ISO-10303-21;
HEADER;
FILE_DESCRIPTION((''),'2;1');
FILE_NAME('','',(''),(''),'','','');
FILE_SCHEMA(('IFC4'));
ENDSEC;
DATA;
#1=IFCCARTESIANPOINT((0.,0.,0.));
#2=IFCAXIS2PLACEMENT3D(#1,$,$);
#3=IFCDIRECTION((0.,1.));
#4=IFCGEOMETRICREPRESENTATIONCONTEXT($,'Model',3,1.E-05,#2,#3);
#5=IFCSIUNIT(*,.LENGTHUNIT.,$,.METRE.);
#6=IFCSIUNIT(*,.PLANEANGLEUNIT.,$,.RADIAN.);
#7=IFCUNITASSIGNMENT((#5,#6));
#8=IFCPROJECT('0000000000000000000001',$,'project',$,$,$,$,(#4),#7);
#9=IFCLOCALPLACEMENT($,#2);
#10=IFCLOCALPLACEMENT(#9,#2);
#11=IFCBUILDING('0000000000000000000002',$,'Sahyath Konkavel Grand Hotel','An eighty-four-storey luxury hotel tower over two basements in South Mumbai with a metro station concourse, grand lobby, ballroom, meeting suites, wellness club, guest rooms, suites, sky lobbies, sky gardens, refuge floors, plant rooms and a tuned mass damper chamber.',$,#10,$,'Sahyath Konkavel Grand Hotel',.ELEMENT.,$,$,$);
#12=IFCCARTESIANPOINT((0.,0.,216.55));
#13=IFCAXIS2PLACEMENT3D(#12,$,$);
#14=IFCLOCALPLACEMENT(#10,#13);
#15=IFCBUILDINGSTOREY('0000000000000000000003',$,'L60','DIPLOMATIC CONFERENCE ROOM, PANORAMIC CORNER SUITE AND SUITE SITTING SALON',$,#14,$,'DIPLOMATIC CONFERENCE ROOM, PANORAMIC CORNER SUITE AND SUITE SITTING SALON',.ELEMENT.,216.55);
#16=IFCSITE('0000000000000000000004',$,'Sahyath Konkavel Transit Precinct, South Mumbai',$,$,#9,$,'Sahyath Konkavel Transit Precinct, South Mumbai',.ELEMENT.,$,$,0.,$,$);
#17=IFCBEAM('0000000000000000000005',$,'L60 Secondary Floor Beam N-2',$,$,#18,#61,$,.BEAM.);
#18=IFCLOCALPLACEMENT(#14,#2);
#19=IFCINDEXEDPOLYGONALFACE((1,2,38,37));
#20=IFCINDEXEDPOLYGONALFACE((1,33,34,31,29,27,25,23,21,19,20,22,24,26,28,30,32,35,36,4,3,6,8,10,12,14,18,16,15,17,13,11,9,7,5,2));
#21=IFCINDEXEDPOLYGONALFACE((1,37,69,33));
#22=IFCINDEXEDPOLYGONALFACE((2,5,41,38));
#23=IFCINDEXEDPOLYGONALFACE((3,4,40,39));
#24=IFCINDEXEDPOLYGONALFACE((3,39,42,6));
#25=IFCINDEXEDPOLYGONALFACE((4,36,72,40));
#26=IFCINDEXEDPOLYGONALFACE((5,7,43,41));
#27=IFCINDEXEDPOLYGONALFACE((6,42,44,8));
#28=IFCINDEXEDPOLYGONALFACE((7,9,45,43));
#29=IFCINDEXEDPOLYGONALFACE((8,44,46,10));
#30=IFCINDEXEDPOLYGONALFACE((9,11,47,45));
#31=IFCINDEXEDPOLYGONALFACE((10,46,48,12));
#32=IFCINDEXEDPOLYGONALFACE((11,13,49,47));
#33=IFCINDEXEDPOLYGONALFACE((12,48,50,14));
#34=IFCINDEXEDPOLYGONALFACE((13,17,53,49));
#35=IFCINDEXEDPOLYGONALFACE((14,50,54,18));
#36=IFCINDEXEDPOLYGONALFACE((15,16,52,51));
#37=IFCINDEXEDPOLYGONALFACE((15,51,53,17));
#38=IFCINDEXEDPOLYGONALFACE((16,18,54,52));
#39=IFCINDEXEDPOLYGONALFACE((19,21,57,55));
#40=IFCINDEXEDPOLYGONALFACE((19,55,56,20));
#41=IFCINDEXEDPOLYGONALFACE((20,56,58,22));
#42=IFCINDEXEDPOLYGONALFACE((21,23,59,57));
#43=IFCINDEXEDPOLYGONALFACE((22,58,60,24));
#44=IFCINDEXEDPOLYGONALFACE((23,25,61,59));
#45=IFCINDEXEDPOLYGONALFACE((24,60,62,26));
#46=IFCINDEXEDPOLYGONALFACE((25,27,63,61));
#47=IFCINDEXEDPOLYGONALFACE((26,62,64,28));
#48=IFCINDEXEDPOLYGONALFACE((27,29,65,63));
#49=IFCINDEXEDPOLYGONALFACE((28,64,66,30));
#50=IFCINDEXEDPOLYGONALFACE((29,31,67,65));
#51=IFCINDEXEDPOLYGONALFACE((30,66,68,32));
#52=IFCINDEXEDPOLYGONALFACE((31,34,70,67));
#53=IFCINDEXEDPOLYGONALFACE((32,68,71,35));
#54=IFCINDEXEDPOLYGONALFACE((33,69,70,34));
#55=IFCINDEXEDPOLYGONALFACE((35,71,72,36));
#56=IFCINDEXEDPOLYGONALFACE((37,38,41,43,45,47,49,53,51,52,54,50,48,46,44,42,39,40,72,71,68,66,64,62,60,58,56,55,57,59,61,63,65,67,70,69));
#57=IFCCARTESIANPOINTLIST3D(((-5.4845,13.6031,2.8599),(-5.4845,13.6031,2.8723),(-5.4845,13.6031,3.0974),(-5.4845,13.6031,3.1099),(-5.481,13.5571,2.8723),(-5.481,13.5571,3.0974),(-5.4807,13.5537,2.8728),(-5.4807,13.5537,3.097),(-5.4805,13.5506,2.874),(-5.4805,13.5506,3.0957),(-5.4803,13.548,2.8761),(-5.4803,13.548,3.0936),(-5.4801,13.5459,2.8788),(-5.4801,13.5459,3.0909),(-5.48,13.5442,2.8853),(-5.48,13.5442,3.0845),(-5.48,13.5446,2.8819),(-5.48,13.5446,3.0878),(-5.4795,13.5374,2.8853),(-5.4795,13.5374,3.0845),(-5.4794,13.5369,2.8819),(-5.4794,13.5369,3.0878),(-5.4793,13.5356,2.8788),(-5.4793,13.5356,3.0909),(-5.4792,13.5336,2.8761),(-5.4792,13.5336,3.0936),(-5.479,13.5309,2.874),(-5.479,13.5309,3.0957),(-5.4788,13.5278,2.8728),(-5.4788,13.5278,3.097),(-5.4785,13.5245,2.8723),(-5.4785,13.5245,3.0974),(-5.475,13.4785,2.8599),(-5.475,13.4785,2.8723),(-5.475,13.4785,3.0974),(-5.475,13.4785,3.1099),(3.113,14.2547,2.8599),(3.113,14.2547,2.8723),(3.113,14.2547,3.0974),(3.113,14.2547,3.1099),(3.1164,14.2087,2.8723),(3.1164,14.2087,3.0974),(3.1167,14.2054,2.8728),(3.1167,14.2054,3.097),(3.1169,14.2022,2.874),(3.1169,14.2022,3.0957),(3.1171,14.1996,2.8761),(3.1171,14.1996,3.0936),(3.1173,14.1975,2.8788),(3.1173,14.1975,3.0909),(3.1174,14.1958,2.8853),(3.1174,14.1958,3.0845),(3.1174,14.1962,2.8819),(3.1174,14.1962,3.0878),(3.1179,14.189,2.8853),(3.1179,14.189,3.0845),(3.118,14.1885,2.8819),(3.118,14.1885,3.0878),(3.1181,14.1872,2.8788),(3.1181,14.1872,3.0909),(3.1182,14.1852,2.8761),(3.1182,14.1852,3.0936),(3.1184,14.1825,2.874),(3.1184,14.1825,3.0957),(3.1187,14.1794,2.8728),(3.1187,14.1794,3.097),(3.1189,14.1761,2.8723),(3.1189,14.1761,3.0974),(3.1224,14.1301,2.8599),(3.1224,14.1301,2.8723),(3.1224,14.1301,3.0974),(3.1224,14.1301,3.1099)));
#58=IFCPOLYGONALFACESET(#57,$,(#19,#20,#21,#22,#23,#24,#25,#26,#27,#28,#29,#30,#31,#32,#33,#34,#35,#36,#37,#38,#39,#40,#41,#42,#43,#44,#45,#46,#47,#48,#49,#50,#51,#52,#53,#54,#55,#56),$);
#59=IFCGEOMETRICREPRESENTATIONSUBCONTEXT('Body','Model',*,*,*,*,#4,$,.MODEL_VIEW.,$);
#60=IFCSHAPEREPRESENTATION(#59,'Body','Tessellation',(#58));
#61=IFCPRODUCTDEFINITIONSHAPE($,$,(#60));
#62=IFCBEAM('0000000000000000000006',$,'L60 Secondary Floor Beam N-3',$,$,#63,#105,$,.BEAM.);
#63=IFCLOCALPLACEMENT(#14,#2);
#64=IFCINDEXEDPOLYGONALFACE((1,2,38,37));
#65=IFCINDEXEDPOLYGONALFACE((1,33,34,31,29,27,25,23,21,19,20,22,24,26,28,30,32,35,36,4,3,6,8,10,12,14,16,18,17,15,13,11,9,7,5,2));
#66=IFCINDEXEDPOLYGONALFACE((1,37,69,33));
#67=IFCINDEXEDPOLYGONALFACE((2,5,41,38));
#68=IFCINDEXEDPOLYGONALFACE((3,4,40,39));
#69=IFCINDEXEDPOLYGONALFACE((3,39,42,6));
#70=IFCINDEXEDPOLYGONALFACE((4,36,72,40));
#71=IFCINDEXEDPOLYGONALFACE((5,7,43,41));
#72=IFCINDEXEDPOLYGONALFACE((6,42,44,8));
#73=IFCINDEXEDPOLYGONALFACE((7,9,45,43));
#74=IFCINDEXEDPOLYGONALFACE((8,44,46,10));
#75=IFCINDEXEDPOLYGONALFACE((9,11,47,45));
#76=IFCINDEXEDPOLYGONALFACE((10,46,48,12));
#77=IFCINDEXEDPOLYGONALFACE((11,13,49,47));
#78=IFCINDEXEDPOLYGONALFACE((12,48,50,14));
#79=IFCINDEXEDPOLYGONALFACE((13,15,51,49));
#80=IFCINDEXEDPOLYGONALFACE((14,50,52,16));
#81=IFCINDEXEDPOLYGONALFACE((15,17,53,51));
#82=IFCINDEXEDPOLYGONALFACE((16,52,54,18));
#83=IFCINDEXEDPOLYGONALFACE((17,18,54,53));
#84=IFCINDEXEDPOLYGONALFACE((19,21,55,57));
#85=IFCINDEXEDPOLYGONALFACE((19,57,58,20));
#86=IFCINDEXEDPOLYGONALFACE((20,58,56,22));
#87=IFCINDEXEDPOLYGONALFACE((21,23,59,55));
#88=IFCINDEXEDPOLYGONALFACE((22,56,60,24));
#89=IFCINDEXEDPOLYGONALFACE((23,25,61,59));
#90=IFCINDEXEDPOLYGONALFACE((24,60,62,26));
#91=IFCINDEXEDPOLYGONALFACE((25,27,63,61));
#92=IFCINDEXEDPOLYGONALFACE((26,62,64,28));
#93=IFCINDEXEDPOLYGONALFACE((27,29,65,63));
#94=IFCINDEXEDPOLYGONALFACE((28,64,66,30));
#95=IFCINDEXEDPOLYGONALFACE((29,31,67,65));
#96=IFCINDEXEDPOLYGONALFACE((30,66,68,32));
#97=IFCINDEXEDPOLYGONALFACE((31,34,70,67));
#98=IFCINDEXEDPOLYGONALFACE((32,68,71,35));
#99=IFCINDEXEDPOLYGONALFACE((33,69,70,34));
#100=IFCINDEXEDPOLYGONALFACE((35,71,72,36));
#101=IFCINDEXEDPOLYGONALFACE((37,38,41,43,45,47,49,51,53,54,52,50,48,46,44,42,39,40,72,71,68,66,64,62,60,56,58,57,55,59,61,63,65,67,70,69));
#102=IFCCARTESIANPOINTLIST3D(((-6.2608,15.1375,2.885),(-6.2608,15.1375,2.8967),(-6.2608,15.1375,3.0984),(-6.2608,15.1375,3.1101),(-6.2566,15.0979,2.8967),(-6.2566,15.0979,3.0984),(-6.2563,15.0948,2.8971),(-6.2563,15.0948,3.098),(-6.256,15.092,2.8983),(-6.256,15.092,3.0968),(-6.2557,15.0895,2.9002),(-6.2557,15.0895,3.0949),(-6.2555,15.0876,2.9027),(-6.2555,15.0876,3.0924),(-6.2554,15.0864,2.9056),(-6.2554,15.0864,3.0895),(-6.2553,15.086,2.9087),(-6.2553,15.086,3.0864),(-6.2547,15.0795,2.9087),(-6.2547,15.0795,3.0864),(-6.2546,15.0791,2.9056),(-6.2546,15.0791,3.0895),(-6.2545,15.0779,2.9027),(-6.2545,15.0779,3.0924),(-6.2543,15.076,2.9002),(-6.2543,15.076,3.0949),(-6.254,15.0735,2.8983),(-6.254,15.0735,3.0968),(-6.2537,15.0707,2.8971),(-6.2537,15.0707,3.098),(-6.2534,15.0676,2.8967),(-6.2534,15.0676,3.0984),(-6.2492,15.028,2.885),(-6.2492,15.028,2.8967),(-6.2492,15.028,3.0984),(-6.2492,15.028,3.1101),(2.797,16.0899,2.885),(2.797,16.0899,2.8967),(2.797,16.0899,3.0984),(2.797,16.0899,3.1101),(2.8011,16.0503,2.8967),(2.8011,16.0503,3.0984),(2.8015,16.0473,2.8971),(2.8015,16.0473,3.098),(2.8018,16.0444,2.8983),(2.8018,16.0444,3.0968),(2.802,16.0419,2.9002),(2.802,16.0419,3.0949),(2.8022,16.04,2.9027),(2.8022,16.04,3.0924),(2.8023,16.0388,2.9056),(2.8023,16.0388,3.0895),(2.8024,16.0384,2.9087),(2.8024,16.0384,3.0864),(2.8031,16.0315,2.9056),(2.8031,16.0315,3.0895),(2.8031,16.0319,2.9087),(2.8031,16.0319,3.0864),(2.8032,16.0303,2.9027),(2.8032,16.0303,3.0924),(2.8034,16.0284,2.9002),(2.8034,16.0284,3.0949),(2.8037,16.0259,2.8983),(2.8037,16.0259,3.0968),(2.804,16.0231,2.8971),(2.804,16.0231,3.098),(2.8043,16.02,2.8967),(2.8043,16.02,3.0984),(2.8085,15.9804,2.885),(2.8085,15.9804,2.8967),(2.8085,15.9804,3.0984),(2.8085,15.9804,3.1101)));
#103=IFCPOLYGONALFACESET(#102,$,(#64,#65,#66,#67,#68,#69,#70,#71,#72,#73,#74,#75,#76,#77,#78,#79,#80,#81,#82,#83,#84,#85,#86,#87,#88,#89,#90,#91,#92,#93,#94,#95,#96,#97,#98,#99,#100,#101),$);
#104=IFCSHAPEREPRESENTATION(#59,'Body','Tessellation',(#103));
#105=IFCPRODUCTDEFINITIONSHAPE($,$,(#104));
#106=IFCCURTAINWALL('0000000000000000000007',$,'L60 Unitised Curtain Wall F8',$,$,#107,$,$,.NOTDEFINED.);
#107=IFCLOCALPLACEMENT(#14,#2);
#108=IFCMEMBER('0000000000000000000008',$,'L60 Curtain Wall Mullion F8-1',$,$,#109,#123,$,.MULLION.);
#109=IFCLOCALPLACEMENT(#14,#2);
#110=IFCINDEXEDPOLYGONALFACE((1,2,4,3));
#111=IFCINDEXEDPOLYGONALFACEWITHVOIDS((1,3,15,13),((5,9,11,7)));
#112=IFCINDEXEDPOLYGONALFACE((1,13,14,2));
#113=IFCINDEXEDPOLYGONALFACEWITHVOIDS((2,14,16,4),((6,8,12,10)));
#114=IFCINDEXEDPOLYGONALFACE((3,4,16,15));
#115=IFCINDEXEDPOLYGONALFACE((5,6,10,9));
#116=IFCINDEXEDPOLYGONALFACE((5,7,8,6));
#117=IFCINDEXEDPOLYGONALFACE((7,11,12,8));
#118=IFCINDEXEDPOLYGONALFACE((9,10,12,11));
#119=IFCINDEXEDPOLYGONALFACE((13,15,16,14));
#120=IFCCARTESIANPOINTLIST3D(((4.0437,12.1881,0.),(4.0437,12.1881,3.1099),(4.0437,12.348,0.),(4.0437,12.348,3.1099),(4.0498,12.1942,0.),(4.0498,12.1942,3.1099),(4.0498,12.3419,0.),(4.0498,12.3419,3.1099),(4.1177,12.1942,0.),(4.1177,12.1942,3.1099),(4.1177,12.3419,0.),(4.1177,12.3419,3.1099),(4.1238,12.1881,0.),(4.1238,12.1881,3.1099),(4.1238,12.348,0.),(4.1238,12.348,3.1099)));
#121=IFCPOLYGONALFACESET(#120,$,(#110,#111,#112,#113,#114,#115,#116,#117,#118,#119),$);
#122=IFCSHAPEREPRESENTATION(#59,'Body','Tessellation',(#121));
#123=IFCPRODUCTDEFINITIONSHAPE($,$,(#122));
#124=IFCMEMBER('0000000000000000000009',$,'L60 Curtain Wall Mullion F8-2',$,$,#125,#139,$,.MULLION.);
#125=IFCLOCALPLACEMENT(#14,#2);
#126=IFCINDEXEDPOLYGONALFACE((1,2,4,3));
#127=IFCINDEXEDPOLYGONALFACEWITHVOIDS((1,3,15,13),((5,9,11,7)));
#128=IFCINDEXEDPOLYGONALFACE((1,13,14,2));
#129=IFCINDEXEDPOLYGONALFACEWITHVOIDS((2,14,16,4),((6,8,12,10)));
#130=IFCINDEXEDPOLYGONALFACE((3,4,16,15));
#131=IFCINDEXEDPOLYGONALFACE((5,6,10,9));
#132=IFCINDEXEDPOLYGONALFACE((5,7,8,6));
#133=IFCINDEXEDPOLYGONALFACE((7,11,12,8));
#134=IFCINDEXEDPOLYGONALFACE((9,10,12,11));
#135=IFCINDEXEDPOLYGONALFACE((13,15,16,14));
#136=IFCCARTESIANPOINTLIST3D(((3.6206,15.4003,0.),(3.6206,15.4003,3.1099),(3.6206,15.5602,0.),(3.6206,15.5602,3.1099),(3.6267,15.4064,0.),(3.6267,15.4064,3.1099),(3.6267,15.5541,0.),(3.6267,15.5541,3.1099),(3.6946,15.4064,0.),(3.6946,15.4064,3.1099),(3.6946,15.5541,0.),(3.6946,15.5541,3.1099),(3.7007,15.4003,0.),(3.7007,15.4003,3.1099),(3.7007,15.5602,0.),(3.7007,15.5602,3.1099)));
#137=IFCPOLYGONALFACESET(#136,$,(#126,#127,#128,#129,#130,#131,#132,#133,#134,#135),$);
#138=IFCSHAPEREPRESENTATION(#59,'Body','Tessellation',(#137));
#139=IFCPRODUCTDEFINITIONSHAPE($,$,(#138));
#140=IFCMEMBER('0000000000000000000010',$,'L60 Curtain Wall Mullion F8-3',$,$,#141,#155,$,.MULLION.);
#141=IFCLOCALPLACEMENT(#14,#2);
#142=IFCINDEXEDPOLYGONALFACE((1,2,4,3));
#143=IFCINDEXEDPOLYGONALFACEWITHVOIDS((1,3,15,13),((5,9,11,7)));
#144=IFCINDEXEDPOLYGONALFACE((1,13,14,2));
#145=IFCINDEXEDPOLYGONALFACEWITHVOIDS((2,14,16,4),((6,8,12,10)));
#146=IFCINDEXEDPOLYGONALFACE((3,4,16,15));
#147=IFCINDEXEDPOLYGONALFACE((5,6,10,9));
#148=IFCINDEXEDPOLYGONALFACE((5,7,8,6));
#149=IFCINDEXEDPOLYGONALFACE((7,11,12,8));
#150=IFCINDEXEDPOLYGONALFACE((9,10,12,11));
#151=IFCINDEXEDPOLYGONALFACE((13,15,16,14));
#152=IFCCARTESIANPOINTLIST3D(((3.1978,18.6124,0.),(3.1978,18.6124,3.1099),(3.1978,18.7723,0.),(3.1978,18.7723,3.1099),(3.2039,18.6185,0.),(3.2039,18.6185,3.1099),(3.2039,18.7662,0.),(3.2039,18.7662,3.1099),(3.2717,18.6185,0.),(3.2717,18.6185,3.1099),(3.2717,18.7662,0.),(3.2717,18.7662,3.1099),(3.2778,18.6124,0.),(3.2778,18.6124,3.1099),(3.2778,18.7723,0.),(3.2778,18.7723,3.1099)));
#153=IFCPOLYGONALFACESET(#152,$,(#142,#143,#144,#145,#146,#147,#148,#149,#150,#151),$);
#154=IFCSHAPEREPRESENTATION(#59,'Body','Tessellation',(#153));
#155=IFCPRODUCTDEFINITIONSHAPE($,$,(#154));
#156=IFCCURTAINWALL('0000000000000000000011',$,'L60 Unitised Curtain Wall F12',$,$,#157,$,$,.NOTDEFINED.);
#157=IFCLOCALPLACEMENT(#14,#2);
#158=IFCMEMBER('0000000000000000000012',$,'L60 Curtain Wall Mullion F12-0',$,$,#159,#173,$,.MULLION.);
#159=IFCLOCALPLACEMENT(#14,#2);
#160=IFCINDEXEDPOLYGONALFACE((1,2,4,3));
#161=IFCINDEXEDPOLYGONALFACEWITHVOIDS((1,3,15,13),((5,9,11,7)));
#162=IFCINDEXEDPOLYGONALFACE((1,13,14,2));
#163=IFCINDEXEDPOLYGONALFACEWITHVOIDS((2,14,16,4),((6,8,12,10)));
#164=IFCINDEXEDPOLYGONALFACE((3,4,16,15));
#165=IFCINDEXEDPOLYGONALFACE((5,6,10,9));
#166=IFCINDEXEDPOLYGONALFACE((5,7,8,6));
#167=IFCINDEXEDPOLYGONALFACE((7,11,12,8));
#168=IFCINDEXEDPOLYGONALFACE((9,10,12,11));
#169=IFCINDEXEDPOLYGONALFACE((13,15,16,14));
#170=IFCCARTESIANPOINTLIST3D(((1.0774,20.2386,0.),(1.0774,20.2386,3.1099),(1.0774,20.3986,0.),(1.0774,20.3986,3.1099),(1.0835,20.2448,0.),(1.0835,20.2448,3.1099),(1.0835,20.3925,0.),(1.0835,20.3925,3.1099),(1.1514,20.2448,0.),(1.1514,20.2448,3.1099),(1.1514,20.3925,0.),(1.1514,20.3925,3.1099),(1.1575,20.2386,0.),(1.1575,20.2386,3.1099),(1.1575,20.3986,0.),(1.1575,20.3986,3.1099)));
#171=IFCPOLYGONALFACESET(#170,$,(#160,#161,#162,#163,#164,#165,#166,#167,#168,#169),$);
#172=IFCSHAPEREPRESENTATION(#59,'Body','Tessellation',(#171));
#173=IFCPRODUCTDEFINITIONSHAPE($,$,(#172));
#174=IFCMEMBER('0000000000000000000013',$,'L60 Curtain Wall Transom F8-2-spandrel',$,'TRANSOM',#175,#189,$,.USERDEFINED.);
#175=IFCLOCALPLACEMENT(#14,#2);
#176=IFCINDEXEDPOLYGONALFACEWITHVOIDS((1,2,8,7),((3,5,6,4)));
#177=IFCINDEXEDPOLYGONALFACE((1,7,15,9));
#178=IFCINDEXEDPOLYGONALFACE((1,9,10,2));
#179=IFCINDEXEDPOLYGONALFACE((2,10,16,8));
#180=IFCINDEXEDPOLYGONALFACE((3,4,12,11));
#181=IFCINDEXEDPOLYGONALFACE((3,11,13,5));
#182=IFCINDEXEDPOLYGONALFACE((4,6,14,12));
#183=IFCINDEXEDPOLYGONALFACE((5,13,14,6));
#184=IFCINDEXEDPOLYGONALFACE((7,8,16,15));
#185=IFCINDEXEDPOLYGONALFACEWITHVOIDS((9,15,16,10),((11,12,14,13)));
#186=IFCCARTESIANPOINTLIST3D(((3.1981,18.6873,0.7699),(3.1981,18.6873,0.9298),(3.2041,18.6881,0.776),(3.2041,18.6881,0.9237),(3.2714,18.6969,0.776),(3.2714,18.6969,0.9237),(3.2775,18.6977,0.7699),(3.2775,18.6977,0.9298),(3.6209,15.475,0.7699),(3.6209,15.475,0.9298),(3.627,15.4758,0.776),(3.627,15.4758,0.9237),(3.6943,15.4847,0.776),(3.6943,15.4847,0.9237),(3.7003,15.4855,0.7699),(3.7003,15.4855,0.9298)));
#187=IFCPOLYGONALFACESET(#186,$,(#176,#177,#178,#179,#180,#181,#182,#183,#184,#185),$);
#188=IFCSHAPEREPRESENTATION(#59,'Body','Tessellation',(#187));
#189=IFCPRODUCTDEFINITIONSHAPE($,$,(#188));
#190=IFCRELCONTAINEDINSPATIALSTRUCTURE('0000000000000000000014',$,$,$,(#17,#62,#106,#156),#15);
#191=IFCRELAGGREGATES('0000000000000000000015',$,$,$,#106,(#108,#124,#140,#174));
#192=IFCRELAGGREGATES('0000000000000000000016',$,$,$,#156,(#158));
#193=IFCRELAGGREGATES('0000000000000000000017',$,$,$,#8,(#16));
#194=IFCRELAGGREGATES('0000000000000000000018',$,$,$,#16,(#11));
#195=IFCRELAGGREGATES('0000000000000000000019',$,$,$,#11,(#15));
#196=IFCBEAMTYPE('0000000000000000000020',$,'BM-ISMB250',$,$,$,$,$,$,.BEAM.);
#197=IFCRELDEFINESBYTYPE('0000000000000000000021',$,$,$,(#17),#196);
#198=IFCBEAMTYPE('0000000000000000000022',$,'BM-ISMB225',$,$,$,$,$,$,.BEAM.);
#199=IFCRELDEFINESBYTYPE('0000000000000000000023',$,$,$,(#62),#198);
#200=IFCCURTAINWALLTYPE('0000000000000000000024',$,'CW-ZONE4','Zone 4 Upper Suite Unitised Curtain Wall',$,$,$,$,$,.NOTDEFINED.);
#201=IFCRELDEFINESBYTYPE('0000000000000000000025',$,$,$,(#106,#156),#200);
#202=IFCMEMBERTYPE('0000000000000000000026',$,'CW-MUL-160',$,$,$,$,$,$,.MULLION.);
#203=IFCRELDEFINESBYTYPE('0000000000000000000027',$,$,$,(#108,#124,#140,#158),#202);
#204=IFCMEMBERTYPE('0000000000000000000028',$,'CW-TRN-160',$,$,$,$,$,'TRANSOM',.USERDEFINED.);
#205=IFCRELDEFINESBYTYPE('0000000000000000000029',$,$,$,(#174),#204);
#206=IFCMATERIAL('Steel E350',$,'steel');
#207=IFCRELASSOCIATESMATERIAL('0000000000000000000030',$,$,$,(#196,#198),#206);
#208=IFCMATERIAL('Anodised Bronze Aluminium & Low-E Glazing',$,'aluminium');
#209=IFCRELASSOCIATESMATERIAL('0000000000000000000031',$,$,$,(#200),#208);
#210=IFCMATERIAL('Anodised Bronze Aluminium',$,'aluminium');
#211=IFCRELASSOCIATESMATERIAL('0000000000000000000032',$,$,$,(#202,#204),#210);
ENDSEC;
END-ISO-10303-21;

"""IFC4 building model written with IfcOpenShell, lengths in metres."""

from ifc_helpers import new_model, si_unit, direction, frame, origin, origin_2d, place, context, subcontext, project, spatial, hollow_rectangle, i_section, extrude, source, transform, mapped, material, material_profile, profile_set, type_object, element, aggregate, save


model = new_model("IFC4")

# Units and contexts
model_context = context("Model", 3, precision=1e-05, world=origin(), true_north=direction((0.0, 1.0)))
body_context = subcontext(model_context, "Body", "Model", "MODEL_VIEW")
ifc_project = project(units=[si_unit("LENGTHUNIT", "METRE"), si_unit("PLANEANGLEUNIT", "RADIAN")], contexts=[model_context])

# Site, building, storey
site_placement = place(None, origin())
site = spatial("IfcSite", under=ifc_project, at=site_placement, Name="Sahyath Konkavel Transit Precinct, South Mumbai", LongName="Sahyath Konkavel Transit Precinct, South Mumbai", CompositionType="ELEMENT", RefElevation=0.0)
building_placement = place(site_placement, origin())
building = spatial("IfcBuilding", under=site, at=building_placement, Name="Sahyath Konkavel Grand Hotel", Description="An eighty-four-storey luxury hotel tower over two basements in South Mumbai with a metro station concourse, grand lobby, ballroom, meeting suites, wellness club, guest rooms, suites, sky lobbies, sky gardens, refuge floors, plant rooms and a tuned mass damper chamber.", LongName="Sahyath Konkavel Grand Hotel", CompositionType="ELEMENT")
storey_placement = place(building_placement, frame((0.0, 0.0, 216.55)))
storey = spatial("IfcBuildingStorey", under=building, at=storey_placement, Name="L60", Description="DIPLOMATIC CONFERENCE ROOM, PANORAMIC CORNER SUITE AND SUITE SITTING SALON", LongName="DIPLOMATIC CONFERENCE ROOM, PANORAMIC CORNER SUITE AND SUITE SITTING SALON", CompositionType="ELEMENT", Elevation=216.55)

# Beams
ifc_material_1 = material(Name="Steel E350", Category="steel")
ifc_material_profile_1 = material_profile(ifc_material_1, i_section(OverallWidth=0.125, OverallDepth=0.25, WebThickness=0.0068, FlangeThickness=0.0125, FilletRadius=0.0129, at=origin_2d()), Name="ISMB 250")
ifc_profile_set_1 = profile_set([ifc_material_profile_1], Name="Steel E350")
beam_type_1 = type_object("IfcBeamType", Name="BM-ISMB250", PredefinedType="BEAM", material=ifc_profile_set_1)
shared_shape_1 = source(origin(), body_context, "Body", "SweptSolid", [
    extrude(i_section(OverallWidth=0.125, OverallDepth=0.25, WebThickness=0.0068, FlangeThickness=0.0125, FilletRadius=0.0129, at=origin_2d()), origin(), (0.0, 0.0, 1.0), 8.6221),
])
beam_1_placement = place(storey_placement, frame((3.1177, 14.1924, 2.9849), z_axis=(-0.99714, -0.075575, 0.0), x_axis=(0.075575, -0.99714, 0.0)))
element("IfcBeam", 1, at=beam_1_placement, inside=storey, type_object=beam_type_1, Name="L60 Secondary Floor Beam N-2", PredefinedType="BEAM", context=body_context, shape_type="MappedRepresentation", body=[
    mapped(shared_shape_1, transform((0.0, 0.0, 0.0), scale=1.0)),
])
ifc_material_profile_2 = material_profile(ifc_material_1, i_section(OverallWidth=0.1101, OverallDepth=0.2251, WebThickness=0.0066, FlangeThickness=0.0117, FilletRadius=0.012, at=origin_2d()), Name="ISMB 225")
ifc_profile_set_2 = profile_set([ifc_material_profile_2], Name="Steel E350")
beam_type_2 = type_object("IfcBeamType", Name="BM-ISMB225", PredefinedType="BEAM", material=ifc_profile_set_2)
shared_shape_2 = source(origin(), body_context, "Body", "SweptSolid", [
    extrude(i_section(OverallWidth=0.1101, OverallDepth=0.2251, WebThickness=0.0066, FlangeThickness=0.0117, FilletRadius=0.012, at=origin_2d()), origin(), (0.0, 0.0, 1.0), 9.1077),
])
beam_2_placement = place(storey_placement, frame((2.8027, 16.0352, 2.9976), z_axis=(-0.994517, -0.104572, 0.0), x_axis=(0.104572, -0.994517, 0.0)))
element("IfcBeam", 2, at=beam_2_placement, inside=storey, type_object=beam_type_2, Name="L60 Secondary Floor Beam N-3", PredefinedType="BEAM", context=body_context, shape_type="MappedRepresentation", body=[
    mapped(shared_shape_2, transform((0.0, 0.0, 0.0), scale=1.0)),
])

# Curtain wall, members
ifc_material_2 = material(Name="Anodised Bronze Aluminium & Low-E Glazing", Category="aluminium")
curtain_wall_type = type_object("IfcCurtainWallType", Name="CW-ZONE4", Description="Zone 4 Upper Suite Unitised Curtain Wall", PredefinedType="NOTDEFINED", material=ifc_material_2)
curtain_wall_1_placement = place(storey_placement, origin())
curtain_wall_1 = element("IfcCurtainWall", 3, at=curtain_wall_1_placement, inside=storey, type_object=curtain_wall_type, Name="L60 Unitised Curtain Wall F8", PredefinedType="NOTDEFINED")
ifc_material_3 = material(Name="Anodised Bronze Aluminium", Category="aluminium")
ifc_material_profile_3 = material_profile(ifc_material_3, hollow_rectangle(XDim=0.0801, YDim=0.1599, WallThickness=0.0061, at=origin_2d()), Name="RHS 160x80x6")
ifc_profile_set_3 = profile_set([ifc_material_profile_3], Name="Anodised Bronze Aluminium")
member_type_1 = type_object("IfcMemberType", Name="CW-MUL-160", PredefinedType="MULLION", material=ifc_profile_set_3)
shared_shape_3 = source(origin(), body_context, "Body", "SweptSolid", [
    extrude(hollow_rectangle(XDim=0.0801, YDim=0.1599, WallThickness=0.0061, at=origin_2d()), origin(), (0.0, 0.0, 1.0), 3.1099),
])
member_1_placement = place(storey_placement, frame((4.0837, 12.2681, 0.0), z_axis=(0.0, 0.0, 1.0), x_axis=(1.0, 0.0, 0.0)))
member_1 = element("IfcMember", 4, at=member_1_placement, type_object=member_type_1, Name="L60 Curtain Wall Mullion F8-1", PredefinedType="MULLION", context=body_context, shape_type="MappedRepresentation", body=[
    mapped(shared_shape_3, transform((0.0, 0.0, 0.0), scale=1.0)),
])
member_2_placement = place(storey_placement, frame((3.6606, 15.4802, 0.0), z_axis=(0.0, 0.0, 1.0), x_axis=(1.0, 0.0, 0.0)))
member_2 = element("IfcMember", 5, at=member_2_placement, type_object=member_type_1, Name="L60 Curtain Wall Mullion F8-2", PredefinedType="MULLION", context=body_context, shape_type="MappedRepresentation", body=[
    mapped(shared_shape_3, transform((0.0, 0.0, 0.0), scale=1.0)),
])
member_3_placement = place(storey_placement, frame((3.2378, 18.6924, 0.0), z_axis=(0.0, 0.0, 1.0), x_axis=(1.0, 0.0, 0.0)))
member_3 = element("IfcMember", 6, at=member_3_placement, type_object=member_type_1, Name="L60 Curtain Wall Mullion F8-3", PredefinedType="MULLION", context=body_context, shape_type="MappedRepresentation", body=[
    mapped(shared_shape_3, transform((0.0, 0.0, 0.0), scale=1.0)),
])

# Curtain wall, member
curtain_wall_2_placement = place(storey_placement, origin())
curtain_wall_2 = element("IfcCurtainWall", 7, at=curtain_wall_2_placement, inside=storey, type_object=curtain_wall_type, Name="L60 Unitised Curtain Wall F12", PredefinedType="NOTDEFINED")
member_4_placement = place(storey_placement, frame((1.1174, 20.3186, 0.0), z_axis=(0.0, 0.0, 1.0), x_axis=(1.0, 0.0, 0.0)))
member_4 = element("IfcMember", 8, at=member_4_placement, type_object=member_type_1, Name="L60 Curtain Wall Mullion F12-0", PredefinedType="MULLION", context=body_context, shape_type="MappedRepresentation", body=[
    mapped(shared_shape_3, transform((0.0, 0.0, 0.0), scale=1.0)),
])

# Member
ifc_material_profile_4 = material_profile(ifc_material_3, hollow_rectangle(XDim=0.0801, YDim=0.1599, WallThickness=0.0061, at=origin_2d()), Name="RHS 160x80x6")
ifc_profile_set_4 = profile_set([ifc_material_profile_4], Name="Anodised Bronze Aluminium")
member_type_2 = type_object("IfcMemberType", Name="CW-TRN-160", ElementType="TRANSOM", PredefinedType="USERDEFINED", material=ifc_profile_set_4)
shared_shape_4 = source(origin(), body_context, "Body", "SweptSolid", [
    extrude(hollow_rectangle(XDim=0.0801, YDim=0.1599, WallThickness=0.0061, at=origin_2d()), origin(), (0.0, 0.0, 1.0), 3.24),
])
member_5_placement = place(storey_placement, frame((3.6606, 15.4802, 0.8499), z_axis=(-0.130515, 0.991446, 0.0), x_axis=(-0.991446, -0.130515, 0.0)))
member_5 = element("IfcMember", 9, at=member_5_placement, type_object=member_type_2, Name="L60 Curtain Wall Transom F8-2-spandrel", ObjectType="TRANSOM", PredefinedType="USERDEFINED", context=body_context, shape_type="MappedRepresentation", body=[
    mapped(shared_shape_4, transform((0.0, 0.0, 0.0), scale=1.0)),
])

aggregate(curtain_wall_1, [member_1, member_2, member_3, member_5])
aggregate(curtain_wall_2, [member_4])

save(model, "model.ifc")
